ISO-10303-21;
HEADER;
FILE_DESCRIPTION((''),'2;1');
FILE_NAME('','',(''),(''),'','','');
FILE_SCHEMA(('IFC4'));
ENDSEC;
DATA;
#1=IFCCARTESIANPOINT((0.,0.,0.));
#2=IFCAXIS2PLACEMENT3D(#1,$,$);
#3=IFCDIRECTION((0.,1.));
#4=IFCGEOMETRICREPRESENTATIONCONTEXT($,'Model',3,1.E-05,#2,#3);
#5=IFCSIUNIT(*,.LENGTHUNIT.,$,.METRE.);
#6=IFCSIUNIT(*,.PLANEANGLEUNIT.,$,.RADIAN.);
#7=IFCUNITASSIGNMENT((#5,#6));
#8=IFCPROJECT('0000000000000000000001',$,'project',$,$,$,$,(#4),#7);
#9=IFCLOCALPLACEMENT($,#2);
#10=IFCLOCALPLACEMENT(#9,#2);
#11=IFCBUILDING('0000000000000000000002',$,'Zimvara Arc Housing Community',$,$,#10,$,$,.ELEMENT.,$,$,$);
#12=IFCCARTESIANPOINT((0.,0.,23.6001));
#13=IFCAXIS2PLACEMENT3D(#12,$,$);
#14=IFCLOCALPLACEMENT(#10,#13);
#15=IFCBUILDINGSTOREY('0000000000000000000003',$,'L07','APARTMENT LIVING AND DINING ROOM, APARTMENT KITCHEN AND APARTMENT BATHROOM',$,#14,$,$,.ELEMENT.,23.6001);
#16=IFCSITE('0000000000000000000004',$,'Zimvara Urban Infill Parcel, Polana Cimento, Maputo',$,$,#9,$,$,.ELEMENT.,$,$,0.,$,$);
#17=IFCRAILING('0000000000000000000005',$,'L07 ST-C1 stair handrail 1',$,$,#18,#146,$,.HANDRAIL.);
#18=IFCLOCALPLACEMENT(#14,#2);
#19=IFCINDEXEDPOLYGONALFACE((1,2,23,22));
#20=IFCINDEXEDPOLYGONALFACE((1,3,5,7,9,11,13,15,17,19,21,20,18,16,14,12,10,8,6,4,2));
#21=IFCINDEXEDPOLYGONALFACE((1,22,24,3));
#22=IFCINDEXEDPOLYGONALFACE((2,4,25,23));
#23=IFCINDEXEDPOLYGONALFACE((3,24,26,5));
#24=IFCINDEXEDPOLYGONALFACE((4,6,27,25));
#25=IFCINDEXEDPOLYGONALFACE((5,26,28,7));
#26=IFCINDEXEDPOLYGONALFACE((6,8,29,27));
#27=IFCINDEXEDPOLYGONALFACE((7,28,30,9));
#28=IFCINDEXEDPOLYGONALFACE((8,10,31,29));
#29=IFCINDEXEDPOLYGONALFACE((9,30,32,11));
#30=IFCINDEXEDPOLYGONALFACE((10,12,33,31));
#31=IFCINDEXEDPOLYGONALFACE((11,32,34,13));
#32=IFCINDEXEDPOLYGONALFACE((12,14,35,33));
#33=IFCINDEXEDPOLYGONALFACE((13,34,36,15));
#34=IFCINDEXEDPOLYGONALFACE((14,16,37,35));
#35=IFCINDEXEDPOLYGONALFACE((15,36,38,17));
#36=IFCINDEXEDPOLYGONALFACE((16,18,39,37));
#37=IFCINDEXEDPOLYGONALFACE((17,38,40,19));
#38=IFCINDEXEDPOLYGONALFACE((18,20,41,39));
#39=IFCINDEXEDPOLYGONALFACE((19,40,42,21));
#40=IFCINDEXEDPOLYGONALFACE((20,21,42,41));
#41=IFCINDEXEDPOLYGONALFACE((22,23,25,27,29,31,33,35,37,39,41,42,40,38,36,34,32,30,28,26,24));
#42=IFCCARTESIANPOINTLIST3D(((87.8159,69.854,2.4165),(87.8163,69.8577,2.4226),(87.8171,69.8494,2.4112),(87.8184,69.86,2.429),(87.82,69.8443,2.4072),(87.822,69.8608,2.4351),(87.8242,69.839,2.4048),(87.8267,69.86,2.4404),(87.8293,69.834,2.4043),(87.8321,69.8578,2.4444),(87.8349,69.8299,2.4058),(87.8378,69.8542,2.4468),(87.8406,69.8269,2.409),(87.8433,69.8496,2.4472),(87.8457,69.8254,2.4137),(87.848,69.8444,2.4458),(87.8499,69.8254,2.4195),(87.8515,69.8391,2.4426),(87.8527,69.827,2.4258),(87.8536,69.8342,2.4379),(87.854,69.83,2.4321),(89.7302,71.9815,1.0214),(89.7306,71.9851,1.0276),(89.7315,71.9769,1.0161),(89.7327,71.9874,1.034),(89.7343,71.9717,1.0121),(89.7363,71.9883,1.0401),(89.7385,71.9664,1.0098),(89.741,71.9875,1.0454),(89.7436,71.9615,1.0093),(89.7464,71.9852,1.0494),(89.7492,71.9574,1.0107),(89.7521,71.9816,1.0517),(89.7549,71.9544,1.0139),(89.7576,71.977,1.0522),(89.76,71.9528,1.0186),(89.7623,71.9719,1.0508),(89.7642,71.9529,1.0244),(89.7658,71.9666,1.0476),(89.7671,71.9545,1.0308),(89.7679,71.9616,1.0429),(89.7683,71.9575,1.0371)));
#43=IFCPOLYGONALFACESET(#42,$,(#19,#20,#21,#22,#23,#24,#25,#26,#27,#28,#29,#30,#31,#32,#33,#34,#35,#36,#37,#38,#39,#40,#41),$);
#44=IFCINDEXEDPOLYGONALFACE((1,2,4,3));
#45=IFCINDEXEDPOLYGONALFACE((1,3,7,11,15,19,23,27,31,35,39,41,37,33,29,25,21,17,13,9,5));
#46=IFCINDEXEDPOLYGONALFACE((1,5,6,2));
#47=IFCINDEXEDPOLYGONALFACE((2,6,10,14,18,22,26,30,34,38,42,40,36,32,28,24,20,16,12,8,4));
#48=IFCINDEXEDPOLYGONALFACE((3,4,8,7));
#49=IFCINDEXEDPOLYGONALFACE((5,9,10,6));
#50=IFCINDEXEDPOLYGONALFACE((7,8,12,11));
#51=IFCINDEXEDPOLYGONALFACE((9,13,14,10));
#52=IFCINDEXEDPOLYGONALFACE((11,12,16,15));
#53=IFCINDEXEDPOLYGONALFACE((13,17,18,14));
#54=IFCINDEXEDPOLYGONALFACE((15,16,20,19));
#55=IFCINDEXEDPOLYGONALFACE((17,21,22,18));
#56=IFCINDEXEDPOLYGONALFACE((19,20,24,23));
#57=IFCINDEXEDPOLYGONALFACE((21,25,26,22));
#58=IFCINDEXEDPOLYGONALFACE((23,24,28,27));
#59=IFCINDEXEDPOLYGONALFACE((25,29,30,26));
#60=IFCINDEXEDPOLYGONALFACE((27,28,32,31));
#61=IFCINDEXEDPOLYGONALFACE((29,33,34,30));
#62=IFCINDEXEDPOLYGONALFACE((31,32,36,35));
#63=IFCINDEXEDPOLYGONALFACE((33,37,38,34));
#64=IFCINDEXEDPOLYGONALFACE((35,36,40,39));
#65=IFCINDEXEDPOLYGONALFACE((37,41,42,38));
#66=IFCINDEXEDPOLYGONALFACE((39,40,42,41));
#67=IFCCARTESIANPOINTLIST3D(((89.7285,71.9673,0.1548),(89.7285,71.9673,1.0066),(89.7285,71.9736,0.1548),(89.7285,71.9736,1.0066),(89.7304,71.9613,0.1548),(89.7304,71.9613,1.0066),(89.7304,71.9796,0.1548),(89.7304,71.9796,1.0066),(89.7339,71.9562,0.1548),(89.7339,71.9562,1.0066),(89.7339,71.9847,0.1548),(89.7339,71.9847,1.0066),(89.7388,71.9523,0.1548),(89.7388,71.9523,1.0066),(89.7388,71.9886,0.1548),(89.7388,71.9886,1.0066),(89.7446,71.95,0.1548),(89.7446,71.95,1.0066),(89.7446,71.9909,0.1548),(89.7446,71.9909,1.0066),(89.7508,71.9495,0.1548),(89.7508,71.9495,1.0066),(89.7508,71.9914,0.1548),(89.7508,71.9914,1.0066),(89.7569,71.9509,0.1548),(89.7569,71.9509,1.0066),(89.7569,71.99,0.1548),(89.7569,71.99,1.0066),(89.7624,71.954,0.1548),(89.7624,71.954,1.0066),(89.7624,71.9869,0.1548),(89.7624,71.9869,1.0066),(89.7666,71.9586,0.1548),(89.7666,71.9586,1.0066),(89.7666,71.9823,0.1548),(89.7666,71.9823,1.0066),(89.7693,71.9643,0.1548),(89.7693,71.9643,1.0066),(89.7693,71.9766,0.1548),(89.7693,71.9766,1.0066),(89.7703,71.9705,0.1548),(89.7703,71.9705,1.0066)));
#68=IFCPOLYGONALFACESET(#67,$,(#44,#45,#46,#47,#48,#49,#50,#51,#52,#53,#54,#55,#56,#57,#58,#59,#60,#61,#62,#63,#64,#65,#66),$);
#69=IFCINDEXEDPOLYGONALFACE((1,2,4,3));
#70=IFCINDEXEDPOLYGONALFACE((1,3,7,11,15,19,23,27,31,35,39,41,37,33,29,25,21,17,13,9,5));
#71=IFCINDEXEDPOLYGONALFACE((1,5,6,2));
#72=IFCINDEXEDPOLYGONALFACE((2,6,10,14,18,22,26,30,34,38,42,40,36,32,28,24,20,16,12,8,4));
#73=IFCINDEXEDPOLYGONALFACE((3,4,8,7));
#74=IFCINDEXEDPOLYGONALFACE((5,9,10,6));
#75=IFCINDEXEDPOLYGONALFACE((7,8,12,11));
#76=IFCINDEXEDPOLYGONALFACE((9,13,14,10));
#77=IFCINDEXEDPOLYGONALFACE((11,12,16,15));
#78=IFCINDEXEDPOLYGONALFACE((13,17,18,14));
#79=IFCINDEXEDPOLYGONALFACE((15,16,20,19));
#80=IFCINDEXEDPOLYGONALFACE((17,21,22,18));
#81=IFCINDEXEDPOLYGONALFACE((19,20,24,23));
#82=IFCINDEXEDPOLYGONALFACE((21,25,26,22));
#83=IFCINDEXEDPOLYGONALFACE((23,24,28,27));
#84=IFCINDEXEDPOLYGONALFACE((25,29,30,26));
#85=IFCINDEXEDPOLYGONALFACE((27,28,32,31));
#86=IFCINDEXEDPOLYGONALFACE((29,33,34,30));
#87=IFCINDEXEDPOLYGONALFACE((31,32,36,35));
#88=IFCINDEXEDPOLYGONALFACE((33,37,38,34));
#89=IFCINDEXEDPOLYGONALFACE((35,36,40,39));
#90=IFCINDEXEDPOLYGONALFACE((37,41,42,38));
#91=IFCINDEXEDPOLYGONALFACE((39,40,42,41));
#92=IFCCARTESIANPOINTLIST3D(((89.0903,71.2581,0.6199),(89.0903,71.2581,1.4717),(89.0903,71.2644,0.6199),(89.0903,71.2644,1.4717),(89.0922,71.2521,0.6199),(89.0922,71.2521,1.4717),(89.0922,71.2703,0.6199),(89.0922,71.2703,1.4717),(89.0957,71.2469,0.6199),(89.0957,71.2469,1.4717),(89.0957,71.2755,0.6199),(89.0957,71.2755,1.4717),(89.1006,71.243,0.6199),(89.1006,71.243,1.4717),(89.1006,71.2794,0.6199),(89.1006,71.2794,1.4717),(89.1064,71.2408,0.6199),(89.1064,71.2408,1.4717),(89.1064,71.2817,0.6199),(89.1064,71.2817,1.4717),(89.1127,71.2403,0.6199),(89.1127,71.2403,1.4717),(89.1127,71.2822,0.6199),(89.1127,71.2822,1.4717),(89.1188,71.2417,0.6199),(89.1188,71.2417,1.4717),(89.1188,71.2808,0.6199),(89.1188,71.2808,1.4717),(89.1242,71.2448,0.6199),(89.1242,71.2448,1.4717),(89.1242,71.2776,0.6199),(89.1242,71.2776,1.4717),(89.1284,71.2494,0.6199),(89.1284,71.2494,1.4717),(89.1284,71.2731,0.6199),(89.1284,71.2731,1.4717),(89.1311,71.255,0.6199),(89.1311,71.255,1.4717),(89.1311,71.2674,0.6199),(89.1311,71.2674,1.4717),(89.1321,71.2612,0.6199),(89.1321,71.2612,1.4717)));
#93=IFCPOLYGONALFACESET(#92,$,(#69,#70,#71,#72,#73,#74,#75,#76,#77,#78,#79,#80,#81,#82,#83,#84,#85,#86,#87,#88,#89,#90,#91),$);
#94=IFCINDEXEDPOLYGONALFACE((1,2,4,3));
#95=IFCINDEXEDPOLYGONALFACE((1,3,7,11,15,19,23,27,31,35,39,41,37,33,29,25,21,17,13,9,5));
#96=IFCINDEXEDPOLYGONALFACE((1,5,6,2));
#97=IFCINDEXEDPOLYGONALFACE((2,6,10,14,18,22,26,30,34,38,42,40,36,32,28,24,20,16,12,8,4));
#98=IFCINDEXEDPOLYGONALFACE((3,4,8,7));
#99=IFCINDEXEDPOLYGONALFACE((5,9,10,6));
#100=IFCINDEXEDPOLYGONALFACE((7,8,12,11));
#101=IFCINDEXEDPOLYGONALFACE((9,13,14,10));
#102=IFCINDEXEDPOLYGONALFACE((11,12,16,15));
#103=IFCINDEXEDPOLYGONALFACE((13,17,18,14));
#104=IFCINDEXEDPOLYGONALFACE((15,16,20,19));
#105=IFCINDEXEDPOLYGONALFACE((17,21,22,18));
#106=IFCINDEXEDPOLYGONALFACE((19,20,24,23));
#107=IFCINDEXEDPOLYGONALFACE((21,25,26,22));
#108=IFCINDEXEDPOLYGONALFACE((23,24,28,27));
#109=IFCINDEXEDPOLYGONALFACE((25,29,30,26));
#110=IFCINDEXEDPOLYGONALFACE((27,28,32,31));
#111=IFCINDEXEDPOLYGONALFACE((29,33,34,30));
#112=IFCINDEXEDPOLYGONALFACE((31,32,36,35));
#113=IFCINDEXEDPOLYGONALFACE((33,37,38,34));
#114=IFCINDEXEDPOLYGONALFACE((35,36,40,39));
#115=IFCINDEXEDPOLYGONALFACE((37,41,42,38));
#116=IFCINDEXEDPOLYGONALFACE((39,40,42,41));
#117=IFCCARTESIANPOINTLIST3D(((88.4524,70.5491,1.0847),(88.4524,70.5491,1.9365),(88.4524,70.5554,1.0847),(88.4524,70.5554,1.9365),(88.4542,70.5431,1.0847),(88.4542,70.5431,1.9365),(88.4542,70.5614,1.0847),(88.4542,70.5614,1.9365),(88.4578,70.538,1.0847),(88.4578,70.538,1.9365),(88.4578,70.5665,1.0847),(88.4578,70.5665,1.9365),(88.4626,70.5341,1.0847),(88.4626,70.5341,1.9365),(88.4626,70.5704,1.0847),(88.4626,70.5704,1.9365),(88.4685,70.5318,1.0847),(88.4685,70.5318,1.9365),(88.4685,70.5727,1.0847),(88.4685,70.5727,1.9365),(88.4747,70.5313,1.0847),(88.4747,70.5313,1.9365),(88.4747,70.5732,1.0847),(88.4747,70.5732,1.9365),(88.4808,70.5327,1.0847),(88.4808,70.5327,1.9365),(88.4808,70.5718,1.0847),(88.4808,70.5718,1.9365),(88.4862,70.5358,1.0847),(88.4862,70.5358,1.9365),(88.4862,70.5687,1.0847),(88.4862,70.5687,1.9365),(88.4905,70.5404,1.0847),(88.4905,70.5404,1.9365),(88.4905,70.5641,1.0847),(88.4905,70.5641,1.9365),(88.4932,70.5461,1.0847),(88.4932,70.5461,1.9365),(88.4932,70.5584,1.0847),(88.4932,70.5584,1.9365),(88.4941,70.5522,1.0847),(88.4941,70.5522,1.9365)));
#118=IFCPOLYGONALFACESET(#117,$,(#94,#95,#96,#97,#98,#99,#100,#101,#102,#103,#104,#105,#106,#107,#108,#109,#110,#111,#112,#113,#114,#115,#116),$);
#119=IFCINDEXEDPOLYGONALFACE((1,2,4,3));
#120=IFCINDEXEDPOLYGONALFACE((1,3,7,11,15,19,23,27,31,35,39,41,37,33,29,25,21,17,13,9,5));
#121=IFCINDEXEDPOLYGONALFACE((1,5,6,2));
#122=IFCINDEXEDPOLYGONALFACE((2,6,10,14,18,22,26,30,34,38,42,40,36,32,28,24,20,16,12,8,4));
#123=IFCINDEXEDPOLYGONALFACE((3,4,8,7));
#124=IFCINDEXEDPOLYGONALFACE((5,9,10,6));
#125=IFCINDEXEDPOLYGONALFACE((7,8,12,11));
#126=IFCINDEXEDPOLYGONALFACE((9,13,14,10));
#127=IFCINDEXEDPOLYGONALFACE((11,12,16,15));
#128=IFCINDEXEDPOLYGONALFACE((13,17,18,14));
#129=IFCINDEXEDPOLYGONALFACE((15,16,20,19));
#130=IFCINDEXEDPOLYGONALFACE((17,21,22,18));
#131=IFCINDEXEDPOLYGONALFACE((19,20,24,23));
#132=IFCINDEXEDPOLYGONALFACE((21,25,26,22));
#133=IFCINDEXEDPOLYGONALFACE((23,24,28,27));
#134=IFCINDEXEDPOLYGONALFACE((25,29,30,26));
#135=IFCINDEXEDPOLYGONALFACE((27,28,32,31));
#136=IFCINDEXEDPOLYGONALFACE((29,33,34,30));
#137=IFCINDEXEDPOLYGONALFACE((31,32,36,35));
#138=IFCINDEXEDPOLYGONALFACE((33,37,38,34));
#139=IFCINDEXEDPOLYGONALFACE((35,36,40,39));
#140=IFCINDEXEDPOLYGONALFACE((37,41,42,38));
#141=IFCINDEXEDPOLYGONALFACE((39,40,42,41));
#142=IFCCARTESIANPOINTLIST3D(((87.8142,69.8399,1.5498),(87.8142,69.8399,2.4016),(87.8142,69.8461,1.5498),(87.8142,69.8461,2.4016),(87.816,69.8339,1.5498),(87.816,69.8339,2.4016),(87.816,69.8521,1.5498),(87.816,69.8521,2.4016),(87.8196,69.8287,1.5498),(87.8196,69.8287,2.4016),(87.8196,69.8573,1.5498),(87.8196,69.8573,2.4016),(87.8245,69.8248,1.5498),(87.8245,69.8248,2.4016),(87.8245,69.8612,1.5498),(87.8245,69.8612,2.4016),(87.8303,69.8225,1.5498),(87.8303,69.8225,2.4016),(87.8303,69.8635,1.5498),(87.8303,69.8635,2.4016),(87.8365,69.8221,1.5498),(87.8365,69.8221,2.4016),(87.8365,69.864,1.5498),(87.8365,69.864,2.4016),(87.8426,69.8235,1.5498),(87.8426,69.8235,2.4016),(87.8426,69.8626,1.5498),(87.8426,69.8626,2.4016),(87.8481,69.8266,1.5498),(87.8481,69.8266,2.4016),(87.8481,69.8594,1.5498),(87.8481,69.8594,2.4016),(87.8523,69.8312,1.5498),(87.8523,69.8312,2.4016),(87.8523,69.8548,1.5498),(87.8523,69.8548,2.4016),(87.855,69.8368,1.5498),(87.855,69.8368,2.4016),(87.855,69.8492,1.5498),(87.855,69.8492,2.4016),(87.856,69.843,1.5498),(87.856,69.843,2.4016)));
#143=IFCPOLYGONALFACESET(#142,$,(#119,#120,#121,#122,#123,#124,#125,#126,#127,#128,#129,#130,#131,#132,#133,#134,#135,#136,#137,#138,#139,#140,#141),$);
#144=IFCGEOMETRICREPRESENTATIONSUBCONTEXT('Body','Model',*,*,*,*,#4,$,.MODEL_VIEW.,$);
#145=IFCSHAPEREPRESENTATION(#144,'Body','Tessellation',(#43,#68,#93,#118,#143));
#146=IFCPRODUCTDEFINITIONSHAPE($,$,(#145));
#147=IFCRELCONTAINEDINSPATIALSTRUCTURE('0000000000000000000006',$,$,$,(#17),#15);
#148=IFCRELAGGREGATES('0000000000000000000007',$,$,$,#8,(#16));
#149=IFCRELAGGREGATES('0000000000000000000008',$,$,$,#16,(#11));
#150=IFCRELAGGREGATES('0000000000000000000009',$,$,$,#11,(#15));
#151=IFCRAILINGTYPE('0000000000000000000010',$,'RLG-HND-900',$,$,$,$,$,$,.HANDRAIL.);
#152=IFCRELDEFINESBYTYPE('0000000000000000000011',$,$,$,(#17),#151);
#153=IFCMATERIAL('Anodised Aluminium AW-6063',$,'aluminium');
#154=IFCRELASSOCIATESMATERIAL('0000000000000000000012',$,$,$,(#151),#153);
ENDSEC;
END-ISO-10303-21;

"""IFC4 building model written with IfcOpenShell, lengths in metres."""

from ifc_helpers import new_model, si_unit, direction, frame, origin, origin_2d, place, context, subcontext, project, spatial, circle, extrude, material, type_object, element, save


model = new_model("IFC4")

# Units and contexts
model_context = context("Model", 3, precision=1e-05, world=origin(), true_north=direction((0.0, 1.0)))
body_context = subcontext(model_context, "Body", "Model", "MODEL_VIEW")
ifc_project = project(units=[si_unit("LENGTHUNIT", "METRE"), si_unit("PLANEANGLEUNIT", "RADIAN")], contexts=[model_context])

# Site, building, storey
site_placement = place(None, origin())
site = spatial("IfcSite", under=ifc_project, at=site_placement, Name="Zimvara Urban Infill Parcel, Polana Cimento, Maputo", CompositionType="ELEMENT", RefElevation=0.0)
building_placement = place(site_placement, origin())
building = spatial("IfcBuilding", under=site, at=building_placement, Name="Zimvara Arc Housing Community", CompositionType="ELEMENT")
storey_placement = place(building_placement, frame((0.0, 0.0, 23.6001)))
storey = spatial("IfcBuildingStorey", under=building, at=storey_placement, Name="L07", Description="APARTMENT LIVING AND DINING ROOM, APARTMENT KITCHEN AND APARTMENT BATHROOM", CompositionType="ELEMENT", Elevation=23.6001)

# Railing
ifc_material_1 = material(Name="Anodised Aluminium AW-6063", Category="aluminium")
railing_type_1 = type_object("IfcRailingType", Name="RLG-HND-900", PredefinedType="HANDRAIL", material=ifc_material_1)
railing_1_placement = place(storey_placement, frame((89.7493, 71.9705, 0.1548)))
element("IfcRailing", 1, at=railing_1_placement, inside=storey, type_object=railing_type_1, Name="L07 ST-C1 stair handrail 1", PredefinedType="HANDRAIL", context=body_context, shape_type="SweptSolid", body=[
    extrude(circle(Radius=0.0239, at=origin_2d()), frame((0.0, 0.0, 0.876), z_axis=(-0.601263, -0.668206, 0.43816), x_axis=(0.743362, -0.668889, 0.0)), (0.0, 0.0, 1.0), 3.1838),
    extrude(circle(Radius=0.021, at=origin_2d()), origin(), (0.0, 0.0, 1.0), 0.8518),
    extrude(circle(Radius=0.021, at=origin_2d()), frame((-0.6382, -0.7092, 0.4651)), (0.0, 0.0, 1.0), 0.8518),
    extrude(circle(Radius=0.021, at=origin_2d()), frame((-1.2761, -1.4182, 0.9299)), (0.0, 0.0, 1.0), 0.8518),
    extrude(circle(Radius=0.021, at=origin_2d()), frame((-1.9143, -2.1274, 1.395)), (0.0, 0.0, 1.0), 0.8518),
])

save(model, "model.ifc")
